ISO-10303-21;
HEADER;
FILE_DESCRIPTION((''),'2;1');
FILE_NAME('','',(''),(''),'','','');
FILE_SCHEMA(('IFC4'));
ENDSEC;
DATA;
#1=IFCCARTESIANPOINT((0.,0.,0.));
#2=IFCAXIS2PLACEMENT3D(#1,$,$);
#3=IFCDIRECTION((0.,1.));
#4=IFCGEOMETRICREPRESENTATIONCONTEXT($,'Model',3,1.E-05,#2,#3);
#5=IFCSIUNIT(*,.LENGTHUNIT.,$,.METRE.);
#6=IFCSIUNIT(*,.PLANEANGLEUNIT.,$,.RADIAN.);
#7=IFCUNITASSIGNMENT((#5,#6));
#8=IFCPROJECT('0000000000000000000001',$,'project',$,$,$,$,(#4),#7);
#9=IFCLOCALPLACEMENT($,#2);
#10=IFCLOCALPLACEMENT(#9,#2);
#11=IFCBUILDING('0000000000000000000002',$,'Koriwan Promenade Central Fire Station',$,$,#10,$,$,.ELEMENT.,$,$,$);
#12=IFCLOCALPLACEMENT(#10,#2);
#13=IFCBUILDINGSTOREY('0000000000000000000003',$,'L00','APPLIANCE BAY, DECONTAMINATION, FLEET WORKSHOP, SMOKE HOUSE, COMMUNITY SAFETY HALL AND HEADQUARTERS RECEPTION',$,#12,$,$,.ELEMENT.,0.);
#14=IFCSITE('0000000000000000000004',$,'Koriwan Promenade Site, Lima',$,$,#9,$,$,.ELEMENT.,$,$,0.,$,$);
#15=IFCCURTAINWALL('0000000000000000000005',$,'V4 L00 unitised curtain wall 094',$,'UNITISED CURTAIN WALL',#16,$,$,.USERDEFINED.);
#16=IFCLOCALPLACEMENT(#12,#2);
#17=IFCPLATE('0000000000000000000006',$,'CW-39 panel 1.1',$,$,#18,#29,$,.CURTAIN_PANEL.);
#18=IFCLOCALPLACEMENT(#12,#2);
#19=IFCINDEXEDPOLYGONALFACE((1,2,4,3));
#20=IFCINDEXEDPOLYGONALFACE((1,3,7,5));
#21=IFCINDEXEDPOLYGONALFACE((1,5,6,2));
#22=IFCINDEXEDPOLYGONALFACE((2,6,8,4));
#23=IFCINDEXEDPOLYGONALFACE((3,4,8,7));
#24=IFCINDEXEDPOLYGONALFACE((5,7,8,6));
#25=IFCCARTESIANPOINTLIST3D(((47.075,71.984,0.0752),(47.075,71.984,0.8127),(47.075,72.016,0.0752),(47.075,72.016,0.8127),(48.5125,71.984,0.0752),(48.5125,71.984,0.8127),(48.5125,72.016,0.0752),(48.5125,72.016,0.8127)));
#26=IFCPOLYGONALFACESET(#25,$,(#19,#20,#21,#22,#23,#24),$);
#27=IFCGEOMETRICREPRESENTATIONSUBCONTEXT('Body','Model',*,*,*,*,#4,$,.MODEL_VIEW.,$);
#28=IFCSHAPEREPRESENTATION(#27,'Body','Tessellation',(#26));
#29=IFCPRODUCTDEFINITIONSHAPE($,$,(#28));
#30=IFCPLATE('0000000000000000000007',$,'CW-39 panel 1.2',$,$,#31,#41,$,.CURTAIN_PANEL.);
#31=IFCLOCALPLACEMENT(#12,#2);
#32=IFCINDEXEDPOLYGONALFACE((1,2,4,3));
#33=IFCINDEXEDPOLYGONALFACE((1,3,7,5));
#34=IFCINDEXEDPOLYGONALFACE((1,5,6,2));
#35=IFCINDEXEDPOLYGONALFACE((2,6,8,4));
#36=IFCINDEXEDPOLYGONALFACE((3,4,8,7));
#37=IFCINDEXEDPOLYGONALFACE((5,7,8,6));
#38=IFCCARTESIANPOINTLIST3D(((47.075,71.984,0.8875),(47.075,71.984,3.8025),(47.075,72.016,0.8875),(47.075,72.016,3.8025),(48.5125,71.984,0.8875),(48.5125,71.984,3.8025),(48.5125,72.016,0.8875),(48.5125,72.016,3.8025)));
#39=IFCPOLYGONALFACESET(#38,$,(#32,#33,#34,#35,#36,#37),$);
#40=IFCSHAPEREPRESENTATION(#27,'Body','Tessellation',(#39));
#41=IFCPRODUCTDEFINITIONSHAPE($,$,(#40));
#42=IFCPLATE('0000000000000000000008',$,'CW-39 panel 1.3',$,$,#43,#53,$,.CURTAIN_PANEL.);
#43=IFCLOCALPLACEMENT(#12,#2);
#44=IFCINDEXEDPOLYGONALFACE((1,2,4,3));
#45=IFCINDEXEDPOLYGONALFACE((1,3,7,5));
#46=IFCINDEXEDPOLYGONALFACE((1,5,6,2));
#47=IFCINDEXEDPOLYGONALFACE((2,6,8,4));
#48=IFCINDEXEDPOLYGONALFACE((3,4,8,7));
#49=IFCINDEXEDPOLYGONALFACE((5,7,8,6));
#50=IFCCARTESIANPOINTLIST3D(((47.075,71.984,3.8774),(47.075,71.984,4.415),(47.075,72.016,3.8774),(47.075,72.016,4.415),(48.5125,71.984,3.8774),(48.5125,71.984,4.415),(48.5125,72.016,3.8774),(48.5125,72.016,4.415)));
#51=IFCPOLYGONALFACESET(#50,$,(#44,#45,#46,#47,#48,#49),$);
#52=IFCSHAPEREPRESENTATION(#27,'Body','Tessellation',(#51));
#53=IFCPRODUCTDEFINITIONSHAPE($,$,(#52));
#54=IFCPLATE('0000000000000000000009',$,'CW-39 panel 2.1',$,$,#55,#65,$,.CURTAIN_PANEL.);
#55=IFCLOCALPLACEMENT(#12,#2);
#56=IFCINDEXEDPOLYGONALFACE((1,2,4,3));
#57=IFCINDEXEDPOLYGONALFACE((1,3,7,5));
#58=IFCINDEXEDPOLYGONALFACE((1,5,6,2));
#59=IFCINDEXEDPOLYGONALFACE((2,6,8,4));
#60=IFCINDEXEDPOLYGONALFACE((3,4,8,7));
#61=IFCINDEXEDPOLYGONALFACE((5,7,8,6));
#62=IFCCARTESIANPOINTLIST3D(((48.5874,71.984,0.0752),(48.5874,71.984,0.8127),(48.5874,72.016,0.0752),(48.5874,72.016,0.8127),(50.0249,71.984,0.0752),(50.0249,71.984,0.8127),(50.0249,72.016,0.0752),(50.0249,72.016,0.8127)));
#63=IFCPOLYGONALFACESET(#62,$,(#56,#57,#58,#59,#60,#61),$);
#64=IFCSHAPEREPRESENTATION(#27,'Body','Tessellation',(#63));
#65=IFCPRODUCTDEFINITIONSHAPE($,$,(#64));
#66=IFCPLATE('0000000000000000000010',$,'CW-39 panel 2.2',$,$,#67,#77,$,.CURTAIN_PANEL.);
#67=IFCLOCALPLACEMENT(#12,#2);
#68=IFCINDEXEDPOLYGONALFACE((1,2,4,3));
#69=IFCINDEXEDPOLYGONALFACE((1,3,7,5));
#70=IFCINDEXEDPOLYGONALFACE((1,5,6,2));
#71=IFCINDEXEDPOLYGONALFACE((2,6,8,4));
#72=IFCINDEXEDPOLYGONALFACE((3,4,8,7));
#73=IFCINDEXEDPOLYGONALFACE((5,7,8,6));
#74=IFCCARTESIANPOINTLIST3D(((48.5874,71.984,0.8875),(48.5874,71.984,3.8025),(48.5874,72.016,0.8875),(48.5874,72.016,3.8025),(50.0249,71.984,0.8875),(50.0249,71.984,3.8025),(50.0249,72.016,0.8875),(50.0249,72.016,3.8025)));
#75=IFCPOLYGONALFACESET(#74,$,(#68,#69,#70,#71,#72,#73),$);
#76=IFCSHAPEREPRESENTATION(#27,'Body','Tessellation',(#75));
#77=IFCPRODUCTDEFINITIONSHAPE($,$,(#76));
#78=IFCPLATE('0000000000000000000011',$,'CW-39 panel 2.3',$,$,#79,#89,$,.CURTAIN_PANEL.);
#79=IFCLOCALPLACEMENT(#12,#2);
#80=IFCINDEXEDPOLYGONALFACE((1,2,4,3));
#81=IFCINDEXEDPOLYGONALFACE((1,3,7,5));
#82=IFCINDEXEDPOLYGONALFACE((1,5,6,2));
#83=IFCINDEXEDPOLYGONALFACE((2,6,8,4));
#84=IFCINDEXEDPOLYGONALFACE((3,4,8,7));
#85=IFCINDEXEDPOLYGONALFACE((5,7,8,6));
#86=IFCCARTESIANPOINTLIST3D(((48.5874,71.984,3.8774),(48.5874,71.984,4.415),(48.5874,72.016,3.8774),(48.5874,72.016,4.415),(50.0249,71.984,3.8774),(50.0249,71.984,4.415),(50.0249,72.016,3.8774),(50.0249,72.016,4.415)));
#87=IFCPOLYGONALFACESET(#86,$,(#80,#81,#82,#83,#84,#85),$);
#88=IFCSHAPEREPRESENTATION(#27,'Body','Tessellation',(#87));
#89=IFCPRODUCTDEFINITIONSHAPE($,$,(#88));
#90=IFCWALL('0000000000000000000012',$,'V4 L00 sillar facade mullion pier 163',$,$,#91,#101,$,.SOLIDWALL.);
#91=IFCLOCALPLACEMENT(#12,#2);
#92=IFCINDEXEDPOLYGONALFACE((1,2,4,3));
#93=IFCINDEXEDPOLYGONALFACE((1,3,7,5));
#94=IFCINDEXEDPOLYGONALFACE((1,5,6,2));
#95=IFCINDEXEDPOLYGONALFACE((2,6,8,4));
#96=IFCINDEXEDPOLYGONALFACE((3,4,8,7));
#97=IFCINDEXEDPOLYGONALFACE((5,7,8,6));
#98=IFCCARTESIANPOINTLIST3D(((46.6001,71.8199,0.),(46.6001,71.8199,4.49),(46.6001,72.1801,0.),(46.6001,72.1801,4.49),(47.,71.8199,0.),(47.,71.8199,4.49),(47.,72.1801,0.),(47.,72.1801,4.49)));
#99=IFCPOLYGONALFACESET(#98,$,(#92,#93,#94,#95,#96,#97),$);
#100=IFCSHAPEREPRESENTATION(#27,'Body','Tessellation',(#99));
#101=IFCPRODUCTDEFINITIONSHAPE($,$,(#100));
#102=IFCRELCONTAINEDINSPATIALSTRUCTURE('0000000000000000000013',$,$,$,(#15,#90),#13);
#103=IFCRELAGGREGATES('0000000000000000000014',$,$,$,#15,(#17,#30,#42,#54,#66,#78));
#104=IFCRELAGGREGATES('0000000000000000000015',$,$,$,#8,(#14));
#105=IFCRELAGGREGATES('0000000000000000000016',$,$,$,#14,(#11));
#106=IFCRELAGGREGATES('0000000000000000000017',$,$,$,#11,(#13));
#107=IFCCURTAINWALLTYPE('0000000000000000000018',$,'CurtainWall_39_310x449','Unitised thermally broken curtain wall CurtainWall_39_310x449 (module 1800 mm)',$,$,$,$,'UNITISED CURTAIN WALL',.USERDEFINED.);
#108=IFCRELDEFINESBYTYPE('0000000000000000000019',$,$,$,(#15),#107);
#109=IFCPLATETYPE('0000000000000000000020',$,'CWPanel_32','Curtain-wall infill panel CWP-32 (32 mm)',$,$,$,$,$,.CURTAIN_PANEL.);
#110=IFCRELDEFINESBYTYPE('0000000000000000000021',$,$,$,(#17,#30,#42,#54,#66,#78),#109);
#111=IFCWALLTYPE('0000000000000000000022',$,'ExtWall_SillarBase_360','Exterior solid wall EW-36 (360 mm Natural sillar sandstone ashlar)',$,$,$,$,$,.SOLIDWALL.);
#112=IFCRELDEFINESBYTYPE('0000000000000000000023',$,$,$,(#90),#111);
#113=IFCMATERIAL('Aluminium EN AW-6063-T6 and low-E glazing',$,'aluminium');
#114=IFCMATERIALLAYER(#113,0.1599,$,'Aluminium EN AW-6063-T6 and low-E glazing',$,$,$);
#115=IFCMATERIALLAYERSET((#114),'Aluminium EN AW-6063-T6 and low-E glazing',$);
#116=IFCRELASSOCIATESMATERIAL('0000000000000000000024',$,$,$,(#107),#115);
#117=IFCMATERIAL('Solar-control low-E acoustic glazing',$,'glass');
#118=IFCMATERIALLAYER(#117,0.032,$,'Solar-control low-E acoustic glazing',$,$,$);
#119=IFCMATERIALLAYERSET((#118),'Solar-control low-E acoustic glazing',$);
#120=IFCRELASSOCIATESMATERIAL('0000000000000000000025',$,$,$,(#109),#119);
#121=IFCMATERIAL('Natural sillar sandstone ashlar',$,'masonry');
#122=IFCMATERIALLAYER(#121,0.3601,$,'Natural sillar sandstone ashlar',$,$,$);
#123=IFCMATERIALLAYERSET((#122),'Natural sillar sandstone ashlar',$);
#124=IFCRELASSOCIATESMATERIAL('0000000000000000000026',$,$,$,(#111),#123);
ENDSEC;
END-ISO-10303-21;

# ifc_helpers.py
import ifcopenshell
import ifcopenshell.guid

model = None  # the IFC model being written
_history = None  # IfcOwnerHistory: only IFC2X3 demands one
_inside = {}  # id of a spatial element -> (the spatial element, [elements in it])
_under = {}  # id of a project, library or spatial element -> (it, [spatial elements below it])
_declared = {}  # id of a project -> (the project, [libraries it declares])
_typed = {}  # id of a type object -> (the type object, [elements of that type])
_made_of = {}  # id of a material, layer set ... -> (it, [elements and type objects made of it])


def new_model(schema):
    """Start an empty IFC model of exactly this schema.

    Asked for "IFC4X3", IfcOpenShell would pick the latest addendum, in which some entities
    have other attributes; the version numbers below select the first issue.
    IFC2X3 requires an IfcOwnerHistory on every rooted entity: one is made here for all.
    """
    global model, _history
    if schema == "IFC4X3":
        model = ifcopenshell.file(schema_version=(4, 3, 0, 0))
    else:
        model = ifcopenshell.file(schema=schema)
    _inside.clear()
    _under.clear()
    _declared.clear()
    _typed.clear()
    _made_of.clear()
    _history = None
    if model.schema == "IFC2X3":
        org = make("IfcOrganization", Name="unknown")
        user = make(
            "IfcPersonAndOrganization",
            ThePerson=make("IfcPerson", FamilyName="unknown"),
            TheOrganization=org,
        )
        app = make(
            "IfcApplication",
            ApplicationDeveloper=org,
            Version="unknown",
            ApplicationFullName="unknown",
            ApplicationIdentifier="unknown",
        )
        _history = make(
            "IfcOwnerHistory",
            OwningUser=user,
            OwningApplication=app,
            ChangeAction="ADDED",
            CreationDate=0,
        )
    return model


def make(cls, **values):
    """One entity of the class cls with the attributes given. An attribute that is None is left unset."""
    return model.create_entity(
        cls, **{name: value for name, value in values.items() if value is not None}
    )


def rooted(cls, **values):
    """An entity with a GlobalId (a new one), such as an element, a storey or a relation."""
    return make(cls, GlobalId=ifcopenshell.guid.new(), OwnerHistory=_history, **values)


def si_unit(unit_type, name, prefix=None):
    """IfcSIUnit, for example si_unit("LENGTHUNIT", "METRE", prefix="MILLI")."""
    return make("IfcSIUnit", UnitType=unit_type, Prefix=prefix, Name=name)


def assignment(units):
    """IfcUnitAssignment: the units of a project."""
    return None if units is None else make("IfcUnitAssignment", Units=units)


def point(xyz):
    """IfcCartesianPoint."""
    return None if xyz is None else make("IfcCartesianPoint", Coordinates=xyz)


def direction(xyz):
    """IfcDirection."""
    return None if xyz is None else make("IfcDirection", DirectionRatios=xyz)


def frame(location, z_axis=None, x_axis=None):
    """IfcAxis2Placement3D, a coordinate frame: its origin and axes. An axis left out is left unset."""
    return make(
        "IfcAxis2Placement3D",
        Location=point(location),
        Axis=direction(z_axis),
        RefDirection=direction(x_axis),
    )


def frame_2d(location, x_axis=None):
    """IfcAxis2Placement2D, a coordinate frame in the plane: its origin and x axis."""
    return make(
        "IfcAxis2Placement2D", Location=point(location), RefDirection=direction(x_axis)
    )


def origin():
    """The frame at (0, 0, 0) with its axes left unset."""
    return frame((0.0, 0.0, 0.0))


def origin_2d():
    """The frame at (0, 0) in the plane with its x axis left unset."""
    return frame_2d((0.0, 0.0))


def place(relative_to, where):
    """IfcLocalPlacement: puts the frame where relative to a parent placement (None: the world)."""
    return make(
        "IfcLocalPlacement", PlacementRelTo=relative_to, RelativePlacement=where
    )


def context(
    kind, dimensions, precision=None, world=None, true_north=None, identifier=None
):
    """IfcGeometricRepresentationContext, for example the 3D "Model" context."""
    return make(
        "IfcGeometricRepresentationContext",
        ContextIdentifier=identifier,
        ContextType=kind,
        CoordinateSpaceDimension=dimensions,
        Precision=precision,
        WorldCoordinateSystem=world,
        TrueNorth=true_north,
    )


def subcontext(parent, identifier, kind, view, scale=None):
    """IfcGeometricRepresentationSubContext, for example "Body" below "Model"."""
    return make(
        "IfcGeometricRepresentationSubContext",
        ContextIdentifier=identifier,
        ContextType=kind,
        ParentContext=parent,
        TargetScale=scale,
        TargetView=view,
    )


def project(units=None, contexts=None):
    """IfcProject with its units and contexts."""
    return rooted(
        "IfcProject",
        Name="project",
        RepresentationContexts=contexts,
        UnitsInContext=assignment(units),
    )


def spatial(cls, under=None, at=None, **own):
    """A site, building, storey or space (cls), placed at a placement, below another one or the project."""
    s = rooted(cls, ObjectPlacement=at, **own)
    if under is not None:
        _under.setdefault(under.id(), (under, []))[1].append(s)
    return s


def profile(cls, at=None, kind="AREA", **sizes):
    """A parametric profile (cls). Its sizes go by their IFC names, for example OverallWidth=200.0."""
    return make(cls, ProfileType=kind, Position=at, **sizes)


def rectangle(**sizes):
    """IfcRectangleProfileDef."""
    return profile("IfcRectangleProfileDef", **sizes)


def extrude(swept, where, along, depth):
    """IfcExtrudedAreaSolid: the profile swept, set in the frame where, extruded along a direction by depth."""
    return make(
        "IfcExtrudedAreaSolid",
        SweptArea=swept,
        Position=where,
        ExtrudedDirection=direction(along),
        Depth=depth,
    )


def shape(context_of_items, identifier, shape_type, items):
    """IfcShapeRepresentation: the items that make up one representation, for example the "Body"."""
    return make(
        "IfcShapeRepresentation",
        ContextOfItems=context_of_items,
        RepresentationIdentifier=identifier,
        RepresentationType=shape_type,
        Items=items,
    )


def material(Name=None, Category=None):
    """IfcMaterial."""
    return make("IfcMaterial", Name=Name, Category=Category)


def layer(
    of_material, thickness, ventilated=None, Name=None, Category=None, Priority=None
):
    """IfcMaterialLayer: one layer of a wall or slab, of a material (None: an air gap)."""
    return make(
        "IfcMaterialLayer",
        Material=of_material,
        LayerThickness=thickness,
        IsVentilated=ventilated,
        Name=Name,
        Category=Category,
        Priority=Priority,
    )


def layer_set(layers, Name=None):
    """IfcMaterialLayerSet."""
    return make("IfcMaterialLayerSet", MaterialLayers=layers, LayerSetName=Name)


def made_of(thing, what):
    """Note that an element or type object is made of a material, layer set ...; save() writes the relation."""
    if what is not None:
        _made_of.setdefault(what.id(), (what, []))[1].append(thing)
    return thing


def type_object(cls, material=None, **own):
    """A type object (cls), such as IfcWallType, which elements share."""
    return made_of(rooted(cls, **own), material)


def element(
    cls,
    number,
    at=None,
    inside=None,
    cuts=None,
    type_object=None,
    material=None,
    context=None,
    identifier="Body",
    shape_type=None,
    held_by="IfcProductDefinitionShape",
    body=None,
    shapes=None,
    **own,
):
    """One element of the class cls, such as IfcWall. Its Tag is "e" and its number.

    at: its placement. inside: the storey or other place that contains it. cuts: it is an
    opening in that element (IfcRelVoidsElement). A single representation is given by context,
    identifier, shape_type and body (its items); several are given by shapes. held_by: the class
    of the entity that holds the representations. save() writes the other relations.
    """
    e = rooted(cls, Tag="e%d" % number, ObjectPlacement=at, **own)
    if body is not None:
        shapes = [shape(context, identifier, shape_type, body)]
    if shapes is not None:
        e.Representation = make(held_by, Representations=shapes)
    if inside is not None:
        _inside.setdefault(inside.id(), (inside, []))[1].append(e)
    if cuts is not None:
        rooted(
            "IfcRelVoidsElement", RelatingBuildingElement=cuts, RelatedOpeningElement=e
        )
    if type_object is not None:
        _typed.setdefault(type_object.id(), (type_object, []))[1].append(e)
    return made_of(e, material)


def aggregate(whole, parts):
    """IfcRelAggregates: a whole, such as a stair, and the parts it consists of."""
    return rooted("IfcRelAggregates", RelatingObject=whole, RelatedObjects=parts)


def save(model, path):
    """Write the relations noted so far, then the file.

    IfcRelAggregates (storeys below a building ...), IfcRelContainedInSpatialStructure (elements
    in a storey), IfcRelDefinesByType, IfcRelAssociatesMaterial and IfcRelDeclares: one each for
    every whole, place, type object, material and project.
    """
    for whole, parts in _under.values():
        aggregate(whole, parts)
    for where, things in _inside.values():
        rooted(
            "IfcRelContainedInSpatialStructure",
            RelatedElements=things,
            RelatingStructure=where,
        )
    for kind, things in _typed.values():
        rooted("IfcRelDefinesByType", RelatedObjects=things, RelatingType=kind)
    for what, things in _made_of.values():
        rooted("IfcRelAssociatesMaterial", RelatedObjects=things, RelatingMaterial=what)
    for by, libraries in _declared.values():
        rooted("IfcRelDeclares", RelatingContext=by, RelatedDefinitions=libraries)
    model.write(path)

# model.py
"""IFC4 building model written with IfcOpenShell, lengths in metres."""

from ifc_helpers import new_model, si_unit, direction, frame, frame_2d, origin, origin_2d, place, context, subcontext, project, spatial, rectangle, extrude, material, layer, layer_set, type_object, element, aggregate, save


model = new_model("IFC4")

# Units and contexts
model_context = context("Model", 3, precision=1e-05, world=origin(), true_north=direction((0.0, 1.0)))
body_context = subcontext(model_context, "Body", "Model", "MODEL_VIEW")
ifc_project = project(units=[si_unit("LENGTHUNIT", "METRE"), si_unit("PLANEANGLEUNIT", "RADIAN")], contexts=[model_context])

# Site, building, storey
site_placement = place(None, origin())
site = spatial("IfcSite", under=ifc_project, at=site_placement, Name="Koriwan Promenade Site, Lima", CompositionType="ELEMENT", RefElevation=0.0)
building_placement = place(site_placement, origin())
building = spatial("IfcBuilding", under=site, at=building_placement, Name="Koriwan Promenade Central Fire Station", CompositionType="ELEMENT")
storey_placement = place(building_placement, origin())
storey = spatial("IfcBuildingStorey", under=building, at=storey_placement, Name="L00", Description="APPLIANCE BAY, DECONTAMINATION, FLEET WORKSHOP, SMOKE HOUSE, COMMUNITY SAFETY HALL AND HEADQUARTERS RECEPTION", CompositionType="ELEMENT", Elevation=0.0)

# Shared definitions
ifc_material_1 = material(Name="Aluminium EN AW-6063-T6 and low-E glazing", Category="aluminium")

# Curtain wall
ifc_layer_1 = layer(ifc_material_1, 0.1599, Name="Aluminium EN AW-6063-T6 and low-E glazing")
ifc_layer_set_1 = layer_set([ifc_layer_1], Name="Aluminium EN AW-6063-T6 and low-E glazing")
curtain_wall_type_1 = type_object("IfcCurtainWallType", Name="CurtainWall_39_310x449", Description="Unitised thermally broken curtain wall CurtainWall_39_310x449 (module 1800 mm)", ElementType="UNITISED CURTAIN WALL", PredefinedType="USERDEFINED", material=ifc_layer_set_1)
curtain_wall_1_placement = place(storey_placement, origin())
curtain_wall_1 = element("IfcCurtainWall", 1, at=curtain_wall_1_placement, inside=storey, type_object=curtain_wall_type_1, Name="V4 L00 unitised curtain wall 094", ObjectType="UNITISED CURTAIN WALL", PredefinedType="USERDEFINED")

# Plates
ifc_material_2 = material(Name="Solar-control low-E acoustic glazing", Category="glass")
ifc_layer_2 = layer(ifc_material_2, 0.032, Name="Solar-control low-E acoustic glazing")
ifc_layer_set_2 = layer_set([ifc_layer_2], Name="Solar-control low-E acoustic glazing")
plate_type_1 = type_object("IfcPlateType", Name="CWPanel_32", Description="Curtain-wall infill panel CWP-32 (32 mm)", PredefinedType="CURTAIN_PANEL", material=ifc_layer_set_2)
plate_1_placement = place(storey_placement, frame((47.7937, 72.0, 0.0752), z_axis=(0.0, 0.0, 1.0), x_axis=(1.0, 0.0, 0.0)))
plate_1 = element("IfcPlate", 2, at=plate_1_placement, type_object=plate_type_1, Name="CW-39 panel 1.1", PredefinedType="CURTAIN_PANEL", context=body_context, shape_type="SweptSolid", body=[
    extrude(rectangle(XDim=1.4375, YDim=0.032, at=origin_2d()), origin(), (0.0, 0.0, 1.0), 0.7375),
])
plate_2_placement = place(storey_placement, frame((47.7937, 72.0, 0.8875), z_axis=(0.0, 0.0, 1.0), x_axis=(1.0, 0.0, 0.0)))
plate_2 = element("IfcPlate", 3, at=plate_2_placement, type_object=plate_type_1, Name="CW-39 panel 1.2", PredefinedType="CURTAIN_PANEL", context=body_context, shape_type="SweptSolid", body=[
    extrude(rectangle(XDim=1.4375, YDim=0.032, at=origin_2d()), origin(), (0.0, 0.0, 1.0), 2.915),
])
plate_3_placement = place(storey_placement, frame((47.7937, 72.0, 3.8774), z_axis=(0.0, 0.0, 1.0), x_axis=(1.0, 0.0, 0.0)))
plate_3 = element("IfcPlate", 4, at=plate_3_placement, type_object=plate_type_1, Name="CW-39 panel 1.3", PredefinedType="CURTAIN_PANEL", context=body_context, shape_type="SweptSolid", body=[
    extrude(rectangle(XDim=1.4375, YDim=0.032, at=origin_2d()), origin(), (0.0, 0.0, 1.0), 0.5376),
])
plate_4_placement = place(storey_placement, frame((49.3062, 72.0, 0.0752), z_axis=(0.0, 0.0, 1.0), x_axis=(1.0, 0.0, 0.0)))
plate_4 = element("IfcPlate", 5, at=plate_4_placement, type_object=plate_type_1, Name="CW-39 panel 2.1", PredefinedType="CURTAIN_PANEL", context=body_context, shape_type="SweptSolid", body=[
    extrude(rectangle(XDim=1.4375, YDim=0.032, at=origin_2d()), origin(), (0.0, 0.0, 1.0), 0.7375),
])
plate_5_placement = place(storey_placement, frame((49.3062, 72.0, 0.8875), z_axis=(0.0, 0.0, 1.0), x_axis=(1.0, 0.0, 0.0)))
plate_5 = element("IfcPlate", 6, at=plate_5_placement, type_object=plate_type_1, Name="CW-39 panel 2.2", PredefinedType="CURTAIN_PANEL", context=body_context, shape_type="SweptSolid", body=[
    extrude(rectangle(XDim=1.4375, YDim=0.032, at=origin_2d()), origin(), (0.0, 0.0, 1.0), 2.915),
])
plate_6_placement = place(storey_placement, frame((49.3062, 72.0, 3.8774), z_axis=(0.0, 0.0, 1.0), x_axis=(1.0, 0.0, 0.0)))
plate_6 = element("IfcPlate", 7, at=plate_6_placement, type_object=plate_type_1, Name="CW-39 panel 2.3", PredefinedType="CURTAIN_PANEL", context=body_context, shape_type="SweptSolid", body=[
    extrude(rectangle(XDim=1.4375, YDim=0.032, at=origin_2d()), origin(), (0.0, 0.0, 1.0), 0.5376),
])
aggregate(curtain_wall_1, [plate_1, plate_2, plate_3, plate_4, plate_5, plate_6])

# Wall
ifc_material_3 = material(Name="Natural sillar sandstone ashlar", Category="masonry")
ifc_layer_3 = layer(ifc_material_3, 0.3601, Name="Natural sillar sandstone ashlar")
ifc_layer_set_3 = layer_set([ifc_layer_3], Name="Natural sillar sandstone ashlar")
wall_type = type_object("IfcWallType", Name="ExtWall_SillarBase_360", Description="Exterior solid wall EW-36 (360 mm Natural sillar sandstone ashlar)", PredefinedType="SOLIDWALL", material=ifc_layer_set_3)
wall_placement = place(storey_placement, frame((46.6001, 72.0, 0.0), z_axis=(0.0, 0.0, 1.0), x_axis=(1.0, 0.0, 0.0)))
element("IfcWall", 8, at=wall_placement, inside=storey, type_object=wall_type, Name="V4 L00 sillar facade mullion pier 163", PredefinedType="SOLIDWALL", context=body_context, shape_type="SweptSolid", body=[
    extrude(rectangle(XDim=0.3999, YDim=0.3601, at=frame_2d((0.2, 0.0))), origin(), (0.0, 0.0, 1.0), 4.49),
])

save(model, "model.ifc")
